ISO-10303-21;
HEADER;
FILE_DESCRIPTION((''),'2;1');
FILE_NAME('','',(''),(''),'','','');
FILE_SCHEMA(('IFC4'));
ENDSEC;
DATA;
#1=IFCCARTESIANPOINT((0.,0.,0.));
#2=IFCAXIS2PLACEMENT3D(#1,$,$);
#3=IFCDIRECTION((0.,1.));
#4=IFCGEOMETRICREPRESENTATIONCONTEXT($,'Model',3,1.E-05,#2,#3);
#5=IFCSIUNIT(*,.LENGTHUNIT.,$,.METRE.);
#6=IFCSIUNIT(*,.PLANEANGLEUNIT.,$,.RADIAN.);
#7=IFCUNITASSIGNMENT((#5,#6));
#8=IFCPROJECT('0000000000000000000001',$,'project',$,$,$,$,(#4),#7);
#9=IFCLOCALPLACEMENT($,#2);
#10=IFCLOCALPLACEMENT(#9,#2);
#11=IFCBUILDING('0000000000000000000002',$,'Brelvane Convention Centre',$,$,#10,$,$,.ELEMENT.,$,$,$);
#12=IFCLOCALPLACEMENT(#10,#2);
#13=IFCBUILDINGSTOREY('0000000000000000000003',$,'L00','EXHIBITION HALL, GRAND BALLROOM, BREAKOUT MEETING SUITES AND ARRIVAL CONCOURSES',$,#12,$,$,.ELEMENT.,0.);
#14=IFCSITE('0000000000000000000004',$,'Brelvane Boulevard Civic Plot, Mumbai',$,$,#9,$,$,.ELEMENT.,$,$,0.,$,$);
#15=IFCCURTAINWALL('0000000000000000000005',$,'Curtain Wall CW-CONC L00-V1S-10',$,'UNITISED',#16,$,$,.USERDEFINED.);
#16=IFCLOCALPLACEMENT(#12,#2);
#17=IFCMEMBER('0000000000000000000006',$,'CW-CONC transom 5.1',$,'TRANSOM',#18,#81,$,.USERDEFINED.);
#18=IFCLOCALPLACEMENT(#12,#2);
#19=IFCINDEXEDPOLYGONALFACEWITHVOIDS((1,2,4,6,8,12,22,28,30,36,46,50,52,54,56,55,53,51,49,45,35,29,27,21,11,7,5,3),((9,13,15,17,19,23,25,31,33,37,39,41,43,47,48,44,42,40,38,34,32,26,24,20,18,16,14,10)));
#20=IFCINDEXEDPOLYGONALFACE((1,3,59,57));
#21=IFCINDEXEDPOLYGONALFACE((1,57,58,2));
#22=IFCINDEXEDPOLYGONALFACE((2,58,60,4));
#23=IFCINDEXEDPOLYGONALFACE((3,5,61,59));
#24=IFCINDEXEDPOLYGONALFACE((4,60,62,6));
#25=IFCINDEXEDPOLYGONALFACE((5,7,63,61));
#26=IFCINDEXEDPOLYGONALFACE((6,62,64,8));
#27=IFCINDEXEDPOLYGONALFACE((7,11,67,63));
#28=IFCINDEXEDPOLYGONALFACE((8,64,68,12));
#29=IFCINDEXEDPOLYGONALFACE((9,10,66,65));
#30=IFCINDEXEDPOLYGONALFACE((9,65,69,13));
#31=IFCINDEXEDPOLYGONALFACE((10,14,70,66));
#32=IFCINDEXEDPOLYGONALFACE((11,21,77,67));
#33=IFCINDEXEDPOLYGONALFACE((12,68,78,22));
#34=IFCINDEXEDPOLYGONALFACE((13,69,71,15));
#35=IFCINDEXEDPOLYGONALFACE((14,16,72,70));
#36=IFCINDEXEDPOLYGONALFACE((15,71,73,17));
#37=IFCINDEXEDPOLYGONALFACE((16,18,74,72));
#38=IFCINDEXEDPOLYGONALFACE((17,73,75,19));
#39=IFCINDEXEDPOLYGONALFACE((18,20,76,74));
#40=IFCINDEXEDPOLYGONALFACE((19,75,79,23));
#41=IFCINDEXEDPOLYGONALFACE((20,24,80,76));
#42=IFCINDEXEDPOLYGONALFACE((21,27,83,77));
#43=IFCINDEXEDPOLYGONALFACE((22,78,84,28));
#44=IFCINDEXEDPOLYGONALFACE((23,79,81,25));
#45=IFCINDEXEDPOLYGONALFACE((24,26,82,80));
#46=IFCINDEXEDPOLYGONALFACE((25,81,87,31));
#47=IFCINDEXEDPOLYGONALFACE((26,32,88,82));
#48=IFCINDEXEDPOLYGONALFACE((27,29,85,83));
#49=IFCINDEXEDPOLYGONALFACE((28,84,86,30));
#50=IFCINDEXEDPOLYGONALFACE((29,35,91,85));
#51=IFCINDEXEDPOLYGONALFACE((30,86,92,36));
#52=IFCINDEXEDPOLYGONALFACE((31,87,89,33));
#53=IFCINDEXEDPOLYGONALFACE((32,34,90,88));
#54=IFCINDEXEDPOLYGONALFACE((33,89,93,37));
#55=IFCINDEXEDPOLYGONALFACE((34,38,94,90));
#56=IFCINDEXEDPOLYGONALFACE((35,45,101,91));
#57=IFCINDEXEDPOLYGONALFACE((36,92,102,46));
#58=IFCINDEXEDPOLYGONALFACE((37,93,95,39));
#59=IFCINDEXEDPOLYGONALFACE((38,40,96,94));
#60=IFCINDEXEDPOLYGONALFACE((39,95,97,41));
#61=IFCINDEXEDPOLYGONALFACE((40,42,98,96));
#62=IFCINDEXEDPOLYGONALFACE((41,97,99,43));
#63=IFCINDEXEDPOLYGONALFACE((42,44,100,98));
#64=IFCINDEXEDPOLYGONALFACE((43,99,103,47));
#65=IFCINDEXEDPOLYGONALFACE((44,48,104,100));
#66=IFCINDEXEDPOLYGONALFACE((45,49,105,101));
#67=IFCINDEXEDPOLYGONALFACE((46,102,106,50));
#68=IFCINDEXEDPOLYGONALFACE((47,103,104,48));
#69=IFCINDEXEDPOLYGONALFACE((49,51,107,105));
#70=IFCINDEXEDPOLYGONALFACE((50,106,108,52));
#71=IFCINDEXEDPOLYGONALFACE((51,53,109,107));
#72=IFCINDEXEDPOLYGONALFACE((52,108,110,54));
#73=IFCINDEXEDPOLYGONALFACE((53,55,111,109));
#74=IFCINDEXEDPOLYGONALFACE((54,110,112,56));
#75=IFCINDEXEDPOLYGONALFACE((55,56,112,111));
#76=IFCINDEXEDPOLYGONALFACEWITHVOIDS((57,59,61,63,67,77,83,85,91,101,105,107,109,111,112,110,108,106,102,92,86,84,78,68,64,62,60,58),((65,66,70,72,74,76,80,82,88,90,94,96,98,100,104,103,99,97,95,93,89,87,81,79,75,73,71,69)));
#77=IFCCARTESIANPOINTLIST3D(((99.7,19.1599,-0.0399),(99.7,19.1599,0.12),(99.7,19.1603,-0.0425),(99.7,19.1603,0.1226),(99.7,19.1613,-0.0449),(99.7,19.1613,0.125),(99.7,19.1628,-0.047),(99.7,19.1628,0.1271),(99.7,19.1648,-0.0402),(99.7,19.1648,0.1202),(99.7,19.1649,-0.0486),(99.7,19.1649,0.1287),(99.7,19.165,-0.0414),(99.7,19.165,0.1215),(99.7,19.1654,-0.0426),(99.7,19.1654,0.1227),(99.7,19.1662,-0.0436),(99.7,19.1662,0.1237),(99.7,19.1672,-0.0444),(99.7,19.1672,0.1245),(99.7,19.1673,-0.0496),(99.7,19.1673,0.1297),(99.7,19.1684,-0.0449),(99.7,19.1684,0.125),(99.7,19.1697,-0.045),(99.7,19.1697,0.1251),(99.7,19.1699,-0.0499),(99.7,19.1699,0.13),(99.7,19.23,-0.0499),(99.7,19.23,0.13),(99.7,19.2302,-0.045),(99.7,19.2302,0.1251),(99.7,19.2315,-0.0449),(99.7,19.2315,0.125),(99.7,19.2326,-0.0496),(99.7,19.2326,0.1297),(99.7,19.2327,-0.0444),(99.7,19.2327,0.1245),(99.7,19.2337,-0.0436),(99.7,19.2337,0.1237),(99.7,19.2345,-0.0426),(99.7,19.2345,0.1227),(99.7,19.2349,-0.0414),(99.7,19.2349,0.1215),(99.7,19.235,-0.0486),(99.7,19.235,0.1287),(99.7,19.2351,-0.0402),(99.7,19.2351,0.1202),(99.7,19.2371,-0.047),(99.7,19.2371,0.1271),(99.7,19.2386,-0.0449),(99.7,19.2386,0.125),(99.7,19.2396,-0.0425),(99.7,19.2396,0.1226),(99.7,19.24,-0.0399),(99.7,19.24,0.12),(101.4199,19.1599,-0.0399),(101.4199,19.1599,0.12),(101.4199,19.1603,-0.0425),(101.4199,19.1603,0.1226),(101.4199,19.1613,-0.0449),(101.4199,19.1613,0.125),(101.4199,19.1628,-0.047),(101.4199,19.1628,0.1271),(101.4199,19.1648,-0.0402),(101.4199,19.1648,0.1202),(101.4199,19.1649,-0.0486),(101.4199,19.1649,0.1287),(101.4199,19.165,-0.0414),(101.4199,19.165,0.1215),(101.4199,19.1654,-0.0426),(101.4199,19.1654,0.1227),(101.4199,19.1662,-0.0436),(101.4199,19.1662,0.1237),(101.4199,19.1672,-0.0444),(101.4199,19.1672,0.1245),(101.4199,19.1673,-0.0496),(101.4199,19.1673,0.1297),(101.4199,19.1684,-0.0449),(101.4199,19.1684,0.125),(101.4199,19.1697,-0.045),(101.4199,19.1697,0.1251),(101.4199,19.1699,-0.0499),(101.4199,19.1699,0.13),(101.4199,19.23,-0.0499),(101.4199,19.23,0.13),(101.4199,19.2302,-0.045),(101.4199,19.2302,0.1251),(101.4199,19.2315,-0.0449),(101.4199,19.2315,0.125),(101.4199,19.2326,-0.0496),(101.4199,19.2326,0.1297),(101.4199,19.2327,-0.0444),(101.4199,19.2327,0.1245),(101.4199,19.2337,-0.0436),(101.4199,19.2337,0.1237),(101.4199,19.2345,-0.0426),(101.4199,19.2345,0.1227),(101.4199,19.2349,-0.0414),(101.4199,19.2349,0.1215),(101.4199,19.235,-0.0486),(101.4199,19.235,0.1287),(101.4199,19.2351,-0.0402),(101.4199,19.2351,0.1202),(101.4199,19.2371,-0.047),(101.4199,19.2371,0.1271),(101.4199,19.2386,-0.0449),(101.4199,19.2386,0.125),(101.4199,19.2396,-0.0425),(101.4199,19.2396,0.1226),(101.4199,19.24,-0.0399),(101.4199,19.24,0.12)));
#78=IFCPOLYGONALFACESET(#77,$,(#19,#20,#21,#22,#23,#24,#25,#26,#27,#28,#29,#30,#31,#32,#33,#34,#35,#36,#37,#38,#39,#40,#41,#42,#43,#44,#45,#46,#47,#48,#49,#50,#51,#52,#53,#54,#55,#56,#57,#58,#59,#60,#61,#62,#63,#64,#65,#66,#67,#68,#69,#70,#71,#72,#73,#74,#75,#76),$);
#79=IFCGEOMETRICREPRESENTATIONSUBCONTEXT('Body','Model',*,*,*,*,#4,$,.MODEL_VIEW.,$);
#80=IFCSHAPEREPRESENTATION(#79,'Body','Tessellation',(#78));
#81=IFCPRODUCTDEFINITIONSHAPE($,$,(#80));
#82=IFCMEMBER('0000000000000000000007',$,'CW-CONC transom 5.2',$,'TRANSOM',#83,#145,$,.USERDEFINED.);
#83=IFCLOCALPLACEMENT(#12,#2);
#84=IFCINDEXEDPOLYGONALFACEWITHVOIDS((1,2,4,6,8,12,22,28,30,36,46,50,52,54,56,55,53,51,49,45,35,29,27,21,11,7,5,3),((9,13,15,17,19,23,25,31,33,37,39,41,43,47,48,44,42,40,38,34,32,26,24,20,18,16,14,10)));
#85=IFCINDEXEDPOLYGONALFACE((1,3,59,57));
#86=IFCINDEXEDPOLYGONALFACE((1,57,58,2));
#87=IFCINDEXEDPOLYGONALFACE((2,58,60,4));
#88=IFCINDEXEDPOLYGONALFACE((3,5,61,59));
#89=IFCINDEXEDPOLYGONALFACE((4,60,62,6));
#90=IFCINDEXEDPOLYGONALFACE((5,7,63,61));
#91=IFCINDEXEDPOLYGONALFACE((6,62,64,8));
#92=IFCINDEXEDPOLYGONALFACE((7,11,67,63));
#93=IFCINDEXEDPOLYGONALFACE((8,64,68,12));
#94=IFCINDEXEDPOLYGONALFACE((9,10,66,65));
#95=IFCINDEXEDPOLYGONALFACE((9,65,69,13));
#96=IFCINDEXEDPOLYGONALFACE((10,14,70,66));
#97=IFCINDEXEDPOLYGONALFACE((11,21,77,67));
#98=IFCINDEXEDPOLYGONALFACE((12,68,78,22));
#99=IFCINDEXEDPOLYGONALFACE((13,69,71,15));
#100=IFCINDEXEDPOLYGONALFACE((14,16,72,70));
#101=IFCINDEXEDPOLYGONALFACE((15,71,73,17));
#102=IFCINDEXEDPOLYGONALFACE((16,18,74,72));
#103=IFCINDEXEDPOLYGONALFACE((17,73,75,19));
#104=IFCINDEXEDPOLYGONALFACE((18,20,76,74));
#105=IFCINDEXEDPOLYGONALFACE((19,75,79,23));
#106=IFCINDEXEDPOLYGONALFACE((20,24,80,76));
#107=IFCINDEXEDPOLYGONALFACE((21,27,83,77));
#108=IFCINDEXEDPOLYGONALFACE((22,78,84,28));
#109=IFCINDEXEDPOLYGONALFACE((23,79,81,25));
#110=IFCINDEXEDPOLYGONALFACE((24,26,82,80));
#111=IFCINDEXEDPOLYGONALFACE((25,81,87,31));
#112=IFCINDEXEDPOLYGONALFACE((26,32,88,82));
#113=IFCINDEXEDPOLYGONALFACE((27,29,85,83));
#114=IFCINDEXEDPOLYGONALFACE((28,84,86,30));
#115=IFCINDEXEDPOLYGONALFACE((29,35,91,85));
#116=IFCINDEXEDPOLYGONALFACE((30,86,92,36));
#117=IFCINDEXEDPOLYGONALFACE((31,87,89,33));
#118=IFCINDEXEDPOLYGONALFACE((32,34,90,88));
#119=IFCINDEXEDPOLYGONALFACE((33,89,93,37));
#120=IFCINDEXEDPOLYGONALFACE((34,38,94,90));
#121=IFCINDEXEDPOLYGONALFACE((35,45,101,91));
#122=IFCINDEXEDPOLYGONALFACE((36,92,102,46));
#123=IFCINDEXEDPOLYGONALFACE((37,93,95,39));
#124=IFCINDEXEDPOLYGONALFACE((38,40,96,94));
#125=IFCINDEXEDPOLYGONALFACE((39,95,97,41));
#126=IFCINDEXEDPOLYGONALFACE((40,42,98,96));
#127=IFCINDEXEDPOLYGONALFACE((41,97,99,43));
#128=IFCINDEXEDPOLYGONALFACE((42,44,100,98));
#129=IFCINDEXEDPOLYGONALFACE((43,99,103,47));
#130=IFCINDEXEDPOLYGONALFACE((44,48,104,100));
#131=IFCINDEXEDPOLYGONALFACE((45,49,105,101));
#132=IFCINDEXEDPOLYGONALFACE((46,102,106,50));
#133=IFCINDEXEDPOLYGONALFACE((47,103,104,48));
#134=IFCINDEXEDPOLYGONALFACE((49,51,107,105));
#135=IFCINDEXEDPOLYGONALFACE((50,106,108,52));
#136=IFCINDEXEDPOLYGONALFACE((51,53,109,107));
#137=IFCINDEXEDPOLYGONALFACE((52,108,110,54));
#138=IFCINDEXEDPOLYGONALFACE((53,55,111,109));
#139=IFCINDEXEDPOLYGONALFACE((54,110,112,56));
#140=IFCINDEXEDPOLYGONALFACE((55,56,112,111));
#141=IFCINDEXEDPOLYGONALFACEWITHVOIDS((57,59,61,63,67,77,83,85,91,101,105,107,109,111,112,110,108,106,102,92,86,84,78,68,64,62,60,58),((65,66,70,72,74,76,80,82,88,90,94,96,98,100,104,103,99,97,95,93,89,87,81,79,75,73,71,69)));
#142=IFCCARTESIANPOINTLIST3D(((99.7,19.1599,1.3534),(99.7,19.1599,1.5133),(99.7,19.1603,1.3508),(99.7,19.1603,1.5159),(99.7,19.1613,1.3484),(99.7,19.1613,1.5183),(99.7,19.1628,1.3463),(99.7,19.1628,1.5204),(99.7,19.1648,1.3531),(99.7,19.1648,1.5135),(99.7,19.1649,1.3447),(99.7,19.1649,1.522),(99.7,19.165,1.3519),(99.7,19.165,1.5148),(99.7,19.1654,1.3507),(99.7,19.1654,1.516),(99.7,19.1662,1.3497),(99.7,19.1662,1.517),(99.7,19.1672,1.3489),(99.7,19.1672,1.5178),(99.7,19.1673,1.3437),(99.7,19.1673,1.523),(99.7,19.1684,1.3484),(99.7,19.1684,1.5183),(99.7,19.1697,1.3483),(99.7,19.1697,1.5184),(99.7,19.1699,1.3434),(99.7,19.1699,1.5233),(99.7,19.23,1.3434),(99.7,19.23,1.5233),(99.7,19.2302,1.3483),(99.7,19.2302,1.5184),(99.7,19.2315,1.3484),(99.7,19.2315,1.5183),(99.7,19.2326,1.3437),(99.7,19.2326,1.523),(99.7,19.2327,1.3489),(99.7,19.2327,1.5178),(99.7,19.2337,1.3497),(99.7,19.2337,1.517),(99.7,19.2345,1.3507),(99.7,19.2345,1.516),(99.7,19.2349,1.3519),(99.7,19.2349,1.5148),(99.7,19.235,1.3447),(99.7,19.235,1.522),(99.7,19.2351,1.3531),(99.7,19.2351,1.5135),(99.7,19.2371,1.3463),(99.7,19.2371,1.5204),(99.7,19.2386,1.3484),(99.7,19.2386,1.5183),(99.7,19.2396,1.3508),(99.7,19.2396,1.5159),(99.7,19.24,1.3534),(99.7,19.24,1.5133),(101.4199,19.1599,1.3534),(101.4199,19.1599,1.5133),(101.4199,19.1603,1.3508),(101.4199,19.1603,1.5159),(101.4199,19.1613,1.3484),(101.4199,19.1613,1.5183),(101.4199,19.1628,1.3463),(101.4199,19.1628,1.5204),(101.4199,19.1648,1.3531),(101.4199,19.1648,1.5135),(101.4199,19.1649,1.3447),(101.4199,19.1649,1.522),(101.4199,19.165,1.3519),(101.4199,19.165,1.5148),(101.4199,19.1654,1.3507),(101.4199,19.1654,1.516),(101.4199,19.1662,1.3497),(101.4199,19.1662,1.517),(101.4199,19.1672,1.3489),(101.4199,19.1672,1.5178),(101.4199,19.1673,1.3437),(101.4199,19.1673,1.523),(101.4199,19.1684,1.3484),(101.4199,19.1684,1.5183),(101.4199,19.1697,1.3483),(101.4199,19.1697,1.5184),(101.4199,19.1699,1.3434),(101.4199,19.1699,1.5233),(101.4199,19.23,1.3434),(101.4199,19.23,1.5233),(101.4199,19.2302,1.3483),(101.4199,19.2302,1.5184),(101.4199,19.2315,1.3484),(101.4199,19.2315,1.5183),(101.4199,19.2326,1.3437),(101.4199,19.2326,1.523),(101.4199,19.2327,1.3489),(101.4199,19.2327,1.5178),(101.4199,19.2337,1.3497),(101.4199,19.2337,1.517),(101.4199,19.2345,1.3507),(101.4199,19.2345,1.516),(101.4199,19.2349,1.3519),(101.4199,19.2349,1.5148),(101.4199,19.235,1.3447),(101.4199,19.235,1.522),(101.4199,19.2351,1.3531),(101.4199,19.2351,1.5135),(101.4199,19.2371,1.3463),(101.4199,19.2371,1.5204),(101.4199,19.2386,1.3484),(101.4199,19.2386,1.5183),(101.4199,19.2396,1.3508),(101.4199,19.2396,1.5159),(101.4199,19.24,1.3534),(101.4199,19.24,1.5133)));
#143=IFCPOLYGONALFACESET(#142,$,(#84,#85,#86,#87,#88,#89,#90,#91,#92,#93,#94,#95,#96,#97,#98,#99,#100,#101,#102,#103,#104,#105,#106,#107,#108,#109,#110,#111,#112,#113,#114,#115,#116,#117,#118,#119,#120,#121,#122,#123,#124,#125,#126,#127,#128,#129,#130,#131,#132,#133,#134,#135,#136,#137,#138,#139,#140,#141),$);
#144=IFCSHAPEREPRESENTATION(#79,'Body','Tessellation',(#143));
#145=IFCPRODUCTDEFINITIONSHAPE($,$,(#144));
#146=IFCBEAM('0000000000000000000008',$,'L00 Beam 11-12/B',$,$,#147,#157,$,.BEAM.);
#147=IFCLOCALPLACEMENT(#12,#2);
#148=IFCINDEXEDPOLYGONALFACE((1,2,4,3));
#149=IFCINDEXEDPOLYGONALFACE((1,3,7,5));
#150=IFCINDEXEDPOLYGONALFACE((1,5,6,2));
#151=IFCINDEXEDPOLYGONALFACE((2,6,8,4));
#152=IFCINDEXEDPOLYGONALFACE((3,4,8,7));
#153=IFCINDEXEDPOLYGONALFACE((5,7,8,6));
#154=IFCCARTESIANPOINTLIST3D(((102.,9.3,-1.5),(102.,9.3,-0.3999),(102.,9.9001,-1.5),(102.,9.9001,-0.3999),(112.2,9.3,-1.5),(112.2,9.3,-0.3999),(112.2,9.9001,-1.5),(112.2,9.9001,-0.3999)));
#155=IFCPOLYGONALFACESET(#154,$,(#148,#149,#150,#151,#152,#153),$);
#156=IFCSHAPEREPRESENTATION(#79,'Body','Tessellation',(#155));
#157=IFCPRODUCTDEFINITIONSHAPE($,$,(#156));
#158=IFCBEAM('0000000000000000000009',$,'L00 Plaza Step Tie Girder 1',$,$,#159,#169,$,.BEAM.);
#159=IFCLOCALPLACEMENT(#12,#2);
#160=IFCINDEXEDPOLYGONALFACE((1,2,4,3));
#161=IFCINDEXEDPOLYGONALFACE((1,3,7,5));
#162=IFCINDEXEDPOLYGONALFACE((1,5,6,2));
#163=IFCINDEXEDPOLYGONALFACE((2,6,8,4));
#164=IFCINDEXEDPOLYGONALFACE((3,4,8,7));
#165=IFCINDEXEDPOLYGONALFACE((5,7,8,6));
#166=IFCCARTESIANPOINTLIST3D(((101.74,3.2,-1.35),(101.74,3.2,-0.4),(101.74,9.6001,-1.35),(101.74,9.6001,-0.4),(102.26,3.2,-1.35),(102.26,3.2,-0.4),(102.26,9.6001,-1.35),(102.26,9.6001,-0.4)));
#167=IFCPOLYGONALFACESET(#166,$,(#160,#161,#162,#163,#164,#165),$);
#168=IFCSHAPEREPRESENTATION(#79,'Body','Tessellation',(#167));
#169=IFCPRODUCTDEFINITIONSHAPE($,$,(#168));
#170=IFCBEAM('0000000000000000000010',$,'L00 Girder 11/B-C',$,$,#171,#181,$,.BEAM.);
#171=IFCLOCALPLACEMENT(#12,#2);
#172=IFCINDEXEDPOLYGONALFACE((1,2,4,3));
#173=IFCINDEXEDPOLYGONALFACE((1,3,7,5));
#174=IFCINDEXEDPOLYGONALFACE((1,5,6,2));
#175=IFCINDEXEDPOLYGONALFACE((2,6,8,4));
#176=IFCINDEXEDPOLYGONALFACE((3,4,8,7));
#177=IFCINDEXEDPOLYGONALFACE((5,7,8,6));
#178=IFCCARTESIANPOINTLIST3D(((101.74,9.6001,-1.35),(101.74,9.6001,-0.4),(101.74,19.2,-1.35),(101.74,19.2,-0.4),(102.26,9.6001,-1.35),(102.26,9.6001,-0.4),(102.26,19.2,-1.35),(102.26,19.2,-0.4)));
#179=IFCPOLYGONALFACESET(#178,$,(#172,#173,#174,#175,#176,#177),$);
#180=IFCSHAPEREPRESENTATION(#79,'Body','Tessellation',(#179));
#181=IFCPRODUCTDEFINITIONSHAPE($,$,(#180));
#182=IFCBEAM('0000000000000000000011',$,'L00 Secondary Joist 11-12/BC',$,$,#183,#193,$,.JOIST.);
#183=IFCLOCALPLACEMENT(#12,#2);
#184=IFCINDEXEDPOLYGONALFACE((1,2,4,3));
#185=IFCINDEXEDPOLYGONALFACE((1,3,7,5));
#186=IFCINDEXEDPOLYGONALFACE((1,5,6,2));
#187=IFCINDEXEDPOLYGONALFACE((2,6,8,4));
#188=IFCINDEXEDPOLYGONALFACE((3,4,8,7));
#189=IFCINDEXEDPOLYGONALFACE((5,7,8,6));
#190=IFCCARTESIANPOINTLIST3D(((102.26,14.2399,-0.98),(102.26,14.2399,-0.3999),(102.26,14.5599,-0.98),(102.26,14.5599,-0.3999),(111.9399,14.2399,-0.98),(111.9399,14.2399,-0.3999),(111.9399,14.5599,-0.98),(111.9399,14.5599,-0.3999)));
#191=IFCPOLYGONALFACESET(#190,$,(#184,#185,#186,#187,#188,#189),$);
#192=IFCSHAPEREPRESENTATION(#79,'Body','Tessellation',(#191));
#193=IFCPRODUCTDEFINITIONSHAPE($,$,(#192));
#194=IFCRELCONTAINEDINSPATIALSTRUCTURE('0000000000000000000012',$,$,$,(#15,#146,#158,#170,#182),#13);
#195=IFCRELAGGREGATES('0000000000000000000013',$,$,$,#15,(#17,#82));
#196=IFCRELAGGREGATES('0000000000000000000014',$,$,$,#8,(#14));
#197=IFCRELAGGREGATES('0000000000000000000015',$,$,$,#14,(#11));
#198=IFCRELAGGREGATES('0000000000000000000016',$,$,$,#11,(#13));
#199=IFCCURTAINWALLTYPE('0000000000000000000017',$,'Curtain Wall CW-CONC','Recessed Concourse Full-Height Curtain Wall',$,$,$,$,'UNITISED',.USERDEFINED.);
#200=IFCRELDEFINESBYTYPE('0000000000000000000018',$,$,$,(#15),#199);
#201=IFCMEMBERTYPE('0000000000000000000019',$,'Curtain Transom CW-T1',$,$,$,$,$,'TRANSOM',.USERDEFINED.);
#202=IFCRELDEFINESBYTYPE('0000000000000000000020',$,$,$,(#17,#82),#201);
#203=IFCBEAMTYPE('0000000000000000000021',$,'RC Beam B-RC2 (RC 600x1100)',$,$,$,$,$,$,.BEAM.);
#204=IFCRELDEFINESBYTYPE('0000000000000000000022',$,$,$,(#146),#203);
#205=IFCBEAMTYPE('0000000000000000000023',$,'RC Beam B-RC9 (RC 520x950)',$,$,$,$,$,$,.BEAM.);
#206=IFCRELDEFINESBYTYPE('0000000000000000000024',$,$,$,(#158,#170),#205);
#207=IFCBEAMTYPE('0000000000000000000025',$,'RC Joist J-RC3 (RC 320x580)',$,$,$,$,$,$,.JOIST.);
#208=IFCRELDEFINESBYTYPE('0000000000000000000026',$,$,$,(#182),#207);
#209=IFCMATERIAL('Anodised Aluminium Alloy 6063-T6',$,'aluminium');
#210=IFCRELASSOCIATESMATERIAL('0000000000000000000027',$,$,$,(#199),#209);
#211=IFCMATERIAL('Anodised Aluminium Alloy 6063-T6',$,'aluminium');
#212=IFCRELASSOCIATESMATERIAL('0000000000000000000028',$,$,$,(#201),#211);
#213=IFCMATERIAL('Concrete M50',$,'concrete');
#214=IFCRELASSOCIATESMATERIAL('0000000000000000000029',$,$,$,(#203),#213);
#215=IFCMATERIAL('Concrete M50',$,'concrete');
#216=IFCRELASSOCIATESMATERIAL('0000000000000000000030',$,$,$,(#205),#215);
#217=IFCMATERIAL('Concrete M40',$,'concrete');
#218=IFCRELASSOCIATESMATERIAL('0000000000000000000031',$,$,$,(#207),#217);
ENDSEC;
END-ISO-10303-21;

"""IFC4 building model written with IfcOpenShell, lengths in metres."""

from ifc_helpers import new_model, si_unit, direction, frame, origin, origin_2d, place, context, subcontext, project, spatial, rectangle, hollow_rectangle, extrude, material, material_profile, profile_set, type_object, element, aggregate, save


model = new_model("IFC4")

# Units and contexts
model_context = context("Model", 3, precision=1e-05, world=origin(), true_north=direction((0.0, 1.0)))
body_context = subcontext(model_context, "Body", "Model", "MODEL_VIEW")
ifc_project = project(units=[si_unit("LENGTHUNIT", "METRE"), si_unit("PLANEANGLEUNIT", "RADIAN")], contexts=[model_context])

# Site, building, storey
site_placement = place(None, origin())
site = spatial("IfcSite", under=ifc_project, at=site_placement, Name="Brelvane Boulevard Civic Plot, Mumbai", CompositionType="ELEMENT", RefElevation=0.0)
building_placement = place(site_placement, origin())
building = spatial("IfcBuilding", under=site, at=building_placement, Name="Brelvane Convention Centre", CompositionType="ELEMENT")
storey_placement = place(building_placement, origin())
storey = spatial("IfcBuildingStorey", under=building, at=storey_placement, Name="L00", Description="EXHIBITION HALL, GRAND BALLROOM, BREAKOUT MEETING SUITES AND ARRIVAL CONCOURSES", CompositionType="ELEMENT", Elevation=0.0)

# Curtain wall, members
ifc_material_1 = material(Name="Anodised Aluminium Alloy 6063-T6", Category="aluminium")
curtain_wall_type = type_object("IfcCurtainWallType", Name="Curtain Wall CW-CONC", Description="Recessed Concourse Full-Height Curtain Wall", ElementType="UNITISED", PredefinedType="USERDEFINED", material=ifc_material_1)
curtain_wall_placement = place(storey_placement, origin())
curtain_wall = element("IfcCurtainWall", 1, at=curtain_wall_placement, inside=storey, type_object=curtain_wall_type, Name="Curtain Wall CW-CONC L00-V1S-10", ObjectType="UNITISED", PredefinedType="USERDEFINED")
ifc_material_2 = material(Name="Anodised Aluminium Alloy 6063-T6", Category="aluminium")
ifc_material_profile_1 = material_profile(ifc_material_2, hollow_rectangle(XDim=0.0801, YDim=0.1799, WallThickness=0.0049, InnerFilletRadius=0.0049, OuterFilletRadius=0.01, at=origin_2d()), Name="ALU-T 180x80x5.0")
ifc_profile_set_1 = profile_set([ifc_material_profile_1], Name="Anodised Aluminium Alloy 6063-T6")
member_type_1 = type_object("IfcMemberType", Name="Curtain Transom CW-T1", ElementType="TRANSOM", PredefinedType="USERDEFINED", material=ifc_profile_set_1)
member_1_placement = place(storey_placement, frame((99.7, 19.2, 0.04), z_axis=(1.0, 0.0, 0.0), x_axis=(0.0, 1.0, 0.0)))
member_1 = element("IfcMember", 2, at=member_1_placement, type_object=member_type_1, Name="CW-CONC transom 5.1", ObjectType="TRANSOM", PredefinedType="USERDEFINED", context=body_context, shape_type="SweptSolid", body=[
    extrude(hollow_rectangle(XDim=0.0801, YDim=0.1799, WallThickness=0.0049, InnerFilletRadius=0.0049, OuterFilletRadius=0.01, at=origin_2d()), origin(), (0.0, 0.0, 1.0), 1.72),
])
member_2_placement = place(storey_placement, frame((99.7, 19.2, 1.4333), z_axis=(1.0, 0.0, 0.0), x_axis=(0.0, 1.0, 0.0)))
member_2 = element("IfcMember", 3, at=member_2_placement, type_object=member_type_1, Name="CW-CONC transom 5.2", ObjectType="TRANSOM", PredefinedType="USERDEFINED", context=body_context, shape_type="SweptSolid", body=[
    extrude(hollow_rectangle(XDim=0.0801, YDim=0.1799, WallThickness=0.0049, InnerFilletRadius=0.0049, OuterFilletRadius=0.01, at=origin_2d()), origin(), (0.0, 0.0, 1.0), 1.72),
])

# Beams
ifc_material_3 = material(Name="Concrete M50", Category="concrete")
ifc_material_profile_2 = material_profile(ifc_material_3, rectangle(XDim=0.6001, YDim=1.1001, at=origin_2d()), Name="RC 600x1100")
ifc_profile_set_2 = profile_set([ifc_material_profile_2], Name="Concrete M50")
beam_type_1 = type_object("IfcBeamType", Name="RC Beam B-RC2 (RC 600x1100)", PredefinedType="BEAM", material=ifc_profile_set_2)
beam_1_placement = place(storey_placement, frame((102.0, 9.6001, -0.95), z_axis=(1.0, 0.0, 0.0), x_axis=(0.0, 1.0, 0.0)))
element("IfcBeam", 4, at=beam_1_placement, inside=storey, type_object=beam_type_1, Name="L00 Beam 11-12/B", PredefinedType="BEAM", context=body_context, shape_type="SweptSolid", body=[
    extrude(rectangle(XDim=0.6001, YDim=1.1001, at=origin_2d()), origin(), (0.0, 0.0, 1.0), 10.2),
])
ifc_material_4 = material(Name="Concrete M50", Category="concrete")
ifc_material_profile_3 = material_profile(ifc_material_4, rectangle(XDim=0.52, YDim=0.95, at=origin_2d()), Name="RC 520x950")
ifc_profile_set_3 = profile_set([ifc_material_profile_3], Name="Concrete M50")
beam_type_2 = type_object("IfcBeamType", Name="RC Beam B-RC9 (RC 520x950)", PredefinedType="BEAM", material=ifc_profile_set_3)
beam_2_placement = place(storey_placement, frame((102.0, 3.2, -0.875), z_axis=(0.0, 1.0, 0.0), x_axis=(-1.0, 0.0, 0.0)))
element("IfcBeam", 5, at=beam_2_placement, inside=storey, type_object=beam_type_2, Name="L00 Plaza Step Tie Girder 1", PredefinedType="BEAM", context=body_context, shape_type="SweptSolid", body=[
    extrude(rectangle(XDim=0.52, YDim=0.95, at=origin_2d()), origin(), (0.0, 0.0, 1.0), 6.4001),
])
beam_3_placement = place(storey_placement, frame((102.0, 9.6001, -0.875), z_axis=(0.0, 1.0, 0.0), x_axis=(-1.0, 0.0, 0.0)))
element("IfcBeam", 6, at=beam_3_placement, inside=storey, type_object=beam_type_2, Name="L00 Girder 11/B-C", PredefinedType="BEAM", context=body_context, shape_type="SweptSolid", body=[
    extrude(rectangle(XDim=0.52, YDim=0.95, at=origin_2d()), origin(), (0.0, 0.0, 1.0), 9.5999),
])
ifc_material_5 = material(Name="Concrete M40", Category="concrete")
ifc_material_profile_4 = material_profile(ifc_material_5, rectangle(XDim=0.3201, YDim=0.5801, at=origin_2d()), Name="RC 320x580")
ifc_profile_set_4 = profile_set([ifc_material_profile_4], Name="Concrete M40")
beam_type_3 = type_object("IfcBeamType", Name="RC Joist J-RC3 (RC 320x580)", PredefinedType="JOIST", material=ifc_profile_set_4)
beam_4_placement = place(storey_placement, frame((102.26, 14.3999, -0.6899), z_axis=(1.0, 0.0, 0.0), x_axis=(0.0, 1.0, 0.0)))
element("IfcBeam", 7, at=beam_4_placement, inside=storey, type_object=beam_type_3, Name="L00 Secondary Joist 11-12/BC", PredefinedType="JOIST", context=body_context, shape_type="SweptSolid", body=[
    extrude(rectangle(XDim=0.3201, YDim=0.5801, at=origin_2d()), origin(), (0.0, 0.0, 1.0), 9.6799),
])

aggregate(curtain_wall, [member_1, member_2])

save(model, "model.ifc")
